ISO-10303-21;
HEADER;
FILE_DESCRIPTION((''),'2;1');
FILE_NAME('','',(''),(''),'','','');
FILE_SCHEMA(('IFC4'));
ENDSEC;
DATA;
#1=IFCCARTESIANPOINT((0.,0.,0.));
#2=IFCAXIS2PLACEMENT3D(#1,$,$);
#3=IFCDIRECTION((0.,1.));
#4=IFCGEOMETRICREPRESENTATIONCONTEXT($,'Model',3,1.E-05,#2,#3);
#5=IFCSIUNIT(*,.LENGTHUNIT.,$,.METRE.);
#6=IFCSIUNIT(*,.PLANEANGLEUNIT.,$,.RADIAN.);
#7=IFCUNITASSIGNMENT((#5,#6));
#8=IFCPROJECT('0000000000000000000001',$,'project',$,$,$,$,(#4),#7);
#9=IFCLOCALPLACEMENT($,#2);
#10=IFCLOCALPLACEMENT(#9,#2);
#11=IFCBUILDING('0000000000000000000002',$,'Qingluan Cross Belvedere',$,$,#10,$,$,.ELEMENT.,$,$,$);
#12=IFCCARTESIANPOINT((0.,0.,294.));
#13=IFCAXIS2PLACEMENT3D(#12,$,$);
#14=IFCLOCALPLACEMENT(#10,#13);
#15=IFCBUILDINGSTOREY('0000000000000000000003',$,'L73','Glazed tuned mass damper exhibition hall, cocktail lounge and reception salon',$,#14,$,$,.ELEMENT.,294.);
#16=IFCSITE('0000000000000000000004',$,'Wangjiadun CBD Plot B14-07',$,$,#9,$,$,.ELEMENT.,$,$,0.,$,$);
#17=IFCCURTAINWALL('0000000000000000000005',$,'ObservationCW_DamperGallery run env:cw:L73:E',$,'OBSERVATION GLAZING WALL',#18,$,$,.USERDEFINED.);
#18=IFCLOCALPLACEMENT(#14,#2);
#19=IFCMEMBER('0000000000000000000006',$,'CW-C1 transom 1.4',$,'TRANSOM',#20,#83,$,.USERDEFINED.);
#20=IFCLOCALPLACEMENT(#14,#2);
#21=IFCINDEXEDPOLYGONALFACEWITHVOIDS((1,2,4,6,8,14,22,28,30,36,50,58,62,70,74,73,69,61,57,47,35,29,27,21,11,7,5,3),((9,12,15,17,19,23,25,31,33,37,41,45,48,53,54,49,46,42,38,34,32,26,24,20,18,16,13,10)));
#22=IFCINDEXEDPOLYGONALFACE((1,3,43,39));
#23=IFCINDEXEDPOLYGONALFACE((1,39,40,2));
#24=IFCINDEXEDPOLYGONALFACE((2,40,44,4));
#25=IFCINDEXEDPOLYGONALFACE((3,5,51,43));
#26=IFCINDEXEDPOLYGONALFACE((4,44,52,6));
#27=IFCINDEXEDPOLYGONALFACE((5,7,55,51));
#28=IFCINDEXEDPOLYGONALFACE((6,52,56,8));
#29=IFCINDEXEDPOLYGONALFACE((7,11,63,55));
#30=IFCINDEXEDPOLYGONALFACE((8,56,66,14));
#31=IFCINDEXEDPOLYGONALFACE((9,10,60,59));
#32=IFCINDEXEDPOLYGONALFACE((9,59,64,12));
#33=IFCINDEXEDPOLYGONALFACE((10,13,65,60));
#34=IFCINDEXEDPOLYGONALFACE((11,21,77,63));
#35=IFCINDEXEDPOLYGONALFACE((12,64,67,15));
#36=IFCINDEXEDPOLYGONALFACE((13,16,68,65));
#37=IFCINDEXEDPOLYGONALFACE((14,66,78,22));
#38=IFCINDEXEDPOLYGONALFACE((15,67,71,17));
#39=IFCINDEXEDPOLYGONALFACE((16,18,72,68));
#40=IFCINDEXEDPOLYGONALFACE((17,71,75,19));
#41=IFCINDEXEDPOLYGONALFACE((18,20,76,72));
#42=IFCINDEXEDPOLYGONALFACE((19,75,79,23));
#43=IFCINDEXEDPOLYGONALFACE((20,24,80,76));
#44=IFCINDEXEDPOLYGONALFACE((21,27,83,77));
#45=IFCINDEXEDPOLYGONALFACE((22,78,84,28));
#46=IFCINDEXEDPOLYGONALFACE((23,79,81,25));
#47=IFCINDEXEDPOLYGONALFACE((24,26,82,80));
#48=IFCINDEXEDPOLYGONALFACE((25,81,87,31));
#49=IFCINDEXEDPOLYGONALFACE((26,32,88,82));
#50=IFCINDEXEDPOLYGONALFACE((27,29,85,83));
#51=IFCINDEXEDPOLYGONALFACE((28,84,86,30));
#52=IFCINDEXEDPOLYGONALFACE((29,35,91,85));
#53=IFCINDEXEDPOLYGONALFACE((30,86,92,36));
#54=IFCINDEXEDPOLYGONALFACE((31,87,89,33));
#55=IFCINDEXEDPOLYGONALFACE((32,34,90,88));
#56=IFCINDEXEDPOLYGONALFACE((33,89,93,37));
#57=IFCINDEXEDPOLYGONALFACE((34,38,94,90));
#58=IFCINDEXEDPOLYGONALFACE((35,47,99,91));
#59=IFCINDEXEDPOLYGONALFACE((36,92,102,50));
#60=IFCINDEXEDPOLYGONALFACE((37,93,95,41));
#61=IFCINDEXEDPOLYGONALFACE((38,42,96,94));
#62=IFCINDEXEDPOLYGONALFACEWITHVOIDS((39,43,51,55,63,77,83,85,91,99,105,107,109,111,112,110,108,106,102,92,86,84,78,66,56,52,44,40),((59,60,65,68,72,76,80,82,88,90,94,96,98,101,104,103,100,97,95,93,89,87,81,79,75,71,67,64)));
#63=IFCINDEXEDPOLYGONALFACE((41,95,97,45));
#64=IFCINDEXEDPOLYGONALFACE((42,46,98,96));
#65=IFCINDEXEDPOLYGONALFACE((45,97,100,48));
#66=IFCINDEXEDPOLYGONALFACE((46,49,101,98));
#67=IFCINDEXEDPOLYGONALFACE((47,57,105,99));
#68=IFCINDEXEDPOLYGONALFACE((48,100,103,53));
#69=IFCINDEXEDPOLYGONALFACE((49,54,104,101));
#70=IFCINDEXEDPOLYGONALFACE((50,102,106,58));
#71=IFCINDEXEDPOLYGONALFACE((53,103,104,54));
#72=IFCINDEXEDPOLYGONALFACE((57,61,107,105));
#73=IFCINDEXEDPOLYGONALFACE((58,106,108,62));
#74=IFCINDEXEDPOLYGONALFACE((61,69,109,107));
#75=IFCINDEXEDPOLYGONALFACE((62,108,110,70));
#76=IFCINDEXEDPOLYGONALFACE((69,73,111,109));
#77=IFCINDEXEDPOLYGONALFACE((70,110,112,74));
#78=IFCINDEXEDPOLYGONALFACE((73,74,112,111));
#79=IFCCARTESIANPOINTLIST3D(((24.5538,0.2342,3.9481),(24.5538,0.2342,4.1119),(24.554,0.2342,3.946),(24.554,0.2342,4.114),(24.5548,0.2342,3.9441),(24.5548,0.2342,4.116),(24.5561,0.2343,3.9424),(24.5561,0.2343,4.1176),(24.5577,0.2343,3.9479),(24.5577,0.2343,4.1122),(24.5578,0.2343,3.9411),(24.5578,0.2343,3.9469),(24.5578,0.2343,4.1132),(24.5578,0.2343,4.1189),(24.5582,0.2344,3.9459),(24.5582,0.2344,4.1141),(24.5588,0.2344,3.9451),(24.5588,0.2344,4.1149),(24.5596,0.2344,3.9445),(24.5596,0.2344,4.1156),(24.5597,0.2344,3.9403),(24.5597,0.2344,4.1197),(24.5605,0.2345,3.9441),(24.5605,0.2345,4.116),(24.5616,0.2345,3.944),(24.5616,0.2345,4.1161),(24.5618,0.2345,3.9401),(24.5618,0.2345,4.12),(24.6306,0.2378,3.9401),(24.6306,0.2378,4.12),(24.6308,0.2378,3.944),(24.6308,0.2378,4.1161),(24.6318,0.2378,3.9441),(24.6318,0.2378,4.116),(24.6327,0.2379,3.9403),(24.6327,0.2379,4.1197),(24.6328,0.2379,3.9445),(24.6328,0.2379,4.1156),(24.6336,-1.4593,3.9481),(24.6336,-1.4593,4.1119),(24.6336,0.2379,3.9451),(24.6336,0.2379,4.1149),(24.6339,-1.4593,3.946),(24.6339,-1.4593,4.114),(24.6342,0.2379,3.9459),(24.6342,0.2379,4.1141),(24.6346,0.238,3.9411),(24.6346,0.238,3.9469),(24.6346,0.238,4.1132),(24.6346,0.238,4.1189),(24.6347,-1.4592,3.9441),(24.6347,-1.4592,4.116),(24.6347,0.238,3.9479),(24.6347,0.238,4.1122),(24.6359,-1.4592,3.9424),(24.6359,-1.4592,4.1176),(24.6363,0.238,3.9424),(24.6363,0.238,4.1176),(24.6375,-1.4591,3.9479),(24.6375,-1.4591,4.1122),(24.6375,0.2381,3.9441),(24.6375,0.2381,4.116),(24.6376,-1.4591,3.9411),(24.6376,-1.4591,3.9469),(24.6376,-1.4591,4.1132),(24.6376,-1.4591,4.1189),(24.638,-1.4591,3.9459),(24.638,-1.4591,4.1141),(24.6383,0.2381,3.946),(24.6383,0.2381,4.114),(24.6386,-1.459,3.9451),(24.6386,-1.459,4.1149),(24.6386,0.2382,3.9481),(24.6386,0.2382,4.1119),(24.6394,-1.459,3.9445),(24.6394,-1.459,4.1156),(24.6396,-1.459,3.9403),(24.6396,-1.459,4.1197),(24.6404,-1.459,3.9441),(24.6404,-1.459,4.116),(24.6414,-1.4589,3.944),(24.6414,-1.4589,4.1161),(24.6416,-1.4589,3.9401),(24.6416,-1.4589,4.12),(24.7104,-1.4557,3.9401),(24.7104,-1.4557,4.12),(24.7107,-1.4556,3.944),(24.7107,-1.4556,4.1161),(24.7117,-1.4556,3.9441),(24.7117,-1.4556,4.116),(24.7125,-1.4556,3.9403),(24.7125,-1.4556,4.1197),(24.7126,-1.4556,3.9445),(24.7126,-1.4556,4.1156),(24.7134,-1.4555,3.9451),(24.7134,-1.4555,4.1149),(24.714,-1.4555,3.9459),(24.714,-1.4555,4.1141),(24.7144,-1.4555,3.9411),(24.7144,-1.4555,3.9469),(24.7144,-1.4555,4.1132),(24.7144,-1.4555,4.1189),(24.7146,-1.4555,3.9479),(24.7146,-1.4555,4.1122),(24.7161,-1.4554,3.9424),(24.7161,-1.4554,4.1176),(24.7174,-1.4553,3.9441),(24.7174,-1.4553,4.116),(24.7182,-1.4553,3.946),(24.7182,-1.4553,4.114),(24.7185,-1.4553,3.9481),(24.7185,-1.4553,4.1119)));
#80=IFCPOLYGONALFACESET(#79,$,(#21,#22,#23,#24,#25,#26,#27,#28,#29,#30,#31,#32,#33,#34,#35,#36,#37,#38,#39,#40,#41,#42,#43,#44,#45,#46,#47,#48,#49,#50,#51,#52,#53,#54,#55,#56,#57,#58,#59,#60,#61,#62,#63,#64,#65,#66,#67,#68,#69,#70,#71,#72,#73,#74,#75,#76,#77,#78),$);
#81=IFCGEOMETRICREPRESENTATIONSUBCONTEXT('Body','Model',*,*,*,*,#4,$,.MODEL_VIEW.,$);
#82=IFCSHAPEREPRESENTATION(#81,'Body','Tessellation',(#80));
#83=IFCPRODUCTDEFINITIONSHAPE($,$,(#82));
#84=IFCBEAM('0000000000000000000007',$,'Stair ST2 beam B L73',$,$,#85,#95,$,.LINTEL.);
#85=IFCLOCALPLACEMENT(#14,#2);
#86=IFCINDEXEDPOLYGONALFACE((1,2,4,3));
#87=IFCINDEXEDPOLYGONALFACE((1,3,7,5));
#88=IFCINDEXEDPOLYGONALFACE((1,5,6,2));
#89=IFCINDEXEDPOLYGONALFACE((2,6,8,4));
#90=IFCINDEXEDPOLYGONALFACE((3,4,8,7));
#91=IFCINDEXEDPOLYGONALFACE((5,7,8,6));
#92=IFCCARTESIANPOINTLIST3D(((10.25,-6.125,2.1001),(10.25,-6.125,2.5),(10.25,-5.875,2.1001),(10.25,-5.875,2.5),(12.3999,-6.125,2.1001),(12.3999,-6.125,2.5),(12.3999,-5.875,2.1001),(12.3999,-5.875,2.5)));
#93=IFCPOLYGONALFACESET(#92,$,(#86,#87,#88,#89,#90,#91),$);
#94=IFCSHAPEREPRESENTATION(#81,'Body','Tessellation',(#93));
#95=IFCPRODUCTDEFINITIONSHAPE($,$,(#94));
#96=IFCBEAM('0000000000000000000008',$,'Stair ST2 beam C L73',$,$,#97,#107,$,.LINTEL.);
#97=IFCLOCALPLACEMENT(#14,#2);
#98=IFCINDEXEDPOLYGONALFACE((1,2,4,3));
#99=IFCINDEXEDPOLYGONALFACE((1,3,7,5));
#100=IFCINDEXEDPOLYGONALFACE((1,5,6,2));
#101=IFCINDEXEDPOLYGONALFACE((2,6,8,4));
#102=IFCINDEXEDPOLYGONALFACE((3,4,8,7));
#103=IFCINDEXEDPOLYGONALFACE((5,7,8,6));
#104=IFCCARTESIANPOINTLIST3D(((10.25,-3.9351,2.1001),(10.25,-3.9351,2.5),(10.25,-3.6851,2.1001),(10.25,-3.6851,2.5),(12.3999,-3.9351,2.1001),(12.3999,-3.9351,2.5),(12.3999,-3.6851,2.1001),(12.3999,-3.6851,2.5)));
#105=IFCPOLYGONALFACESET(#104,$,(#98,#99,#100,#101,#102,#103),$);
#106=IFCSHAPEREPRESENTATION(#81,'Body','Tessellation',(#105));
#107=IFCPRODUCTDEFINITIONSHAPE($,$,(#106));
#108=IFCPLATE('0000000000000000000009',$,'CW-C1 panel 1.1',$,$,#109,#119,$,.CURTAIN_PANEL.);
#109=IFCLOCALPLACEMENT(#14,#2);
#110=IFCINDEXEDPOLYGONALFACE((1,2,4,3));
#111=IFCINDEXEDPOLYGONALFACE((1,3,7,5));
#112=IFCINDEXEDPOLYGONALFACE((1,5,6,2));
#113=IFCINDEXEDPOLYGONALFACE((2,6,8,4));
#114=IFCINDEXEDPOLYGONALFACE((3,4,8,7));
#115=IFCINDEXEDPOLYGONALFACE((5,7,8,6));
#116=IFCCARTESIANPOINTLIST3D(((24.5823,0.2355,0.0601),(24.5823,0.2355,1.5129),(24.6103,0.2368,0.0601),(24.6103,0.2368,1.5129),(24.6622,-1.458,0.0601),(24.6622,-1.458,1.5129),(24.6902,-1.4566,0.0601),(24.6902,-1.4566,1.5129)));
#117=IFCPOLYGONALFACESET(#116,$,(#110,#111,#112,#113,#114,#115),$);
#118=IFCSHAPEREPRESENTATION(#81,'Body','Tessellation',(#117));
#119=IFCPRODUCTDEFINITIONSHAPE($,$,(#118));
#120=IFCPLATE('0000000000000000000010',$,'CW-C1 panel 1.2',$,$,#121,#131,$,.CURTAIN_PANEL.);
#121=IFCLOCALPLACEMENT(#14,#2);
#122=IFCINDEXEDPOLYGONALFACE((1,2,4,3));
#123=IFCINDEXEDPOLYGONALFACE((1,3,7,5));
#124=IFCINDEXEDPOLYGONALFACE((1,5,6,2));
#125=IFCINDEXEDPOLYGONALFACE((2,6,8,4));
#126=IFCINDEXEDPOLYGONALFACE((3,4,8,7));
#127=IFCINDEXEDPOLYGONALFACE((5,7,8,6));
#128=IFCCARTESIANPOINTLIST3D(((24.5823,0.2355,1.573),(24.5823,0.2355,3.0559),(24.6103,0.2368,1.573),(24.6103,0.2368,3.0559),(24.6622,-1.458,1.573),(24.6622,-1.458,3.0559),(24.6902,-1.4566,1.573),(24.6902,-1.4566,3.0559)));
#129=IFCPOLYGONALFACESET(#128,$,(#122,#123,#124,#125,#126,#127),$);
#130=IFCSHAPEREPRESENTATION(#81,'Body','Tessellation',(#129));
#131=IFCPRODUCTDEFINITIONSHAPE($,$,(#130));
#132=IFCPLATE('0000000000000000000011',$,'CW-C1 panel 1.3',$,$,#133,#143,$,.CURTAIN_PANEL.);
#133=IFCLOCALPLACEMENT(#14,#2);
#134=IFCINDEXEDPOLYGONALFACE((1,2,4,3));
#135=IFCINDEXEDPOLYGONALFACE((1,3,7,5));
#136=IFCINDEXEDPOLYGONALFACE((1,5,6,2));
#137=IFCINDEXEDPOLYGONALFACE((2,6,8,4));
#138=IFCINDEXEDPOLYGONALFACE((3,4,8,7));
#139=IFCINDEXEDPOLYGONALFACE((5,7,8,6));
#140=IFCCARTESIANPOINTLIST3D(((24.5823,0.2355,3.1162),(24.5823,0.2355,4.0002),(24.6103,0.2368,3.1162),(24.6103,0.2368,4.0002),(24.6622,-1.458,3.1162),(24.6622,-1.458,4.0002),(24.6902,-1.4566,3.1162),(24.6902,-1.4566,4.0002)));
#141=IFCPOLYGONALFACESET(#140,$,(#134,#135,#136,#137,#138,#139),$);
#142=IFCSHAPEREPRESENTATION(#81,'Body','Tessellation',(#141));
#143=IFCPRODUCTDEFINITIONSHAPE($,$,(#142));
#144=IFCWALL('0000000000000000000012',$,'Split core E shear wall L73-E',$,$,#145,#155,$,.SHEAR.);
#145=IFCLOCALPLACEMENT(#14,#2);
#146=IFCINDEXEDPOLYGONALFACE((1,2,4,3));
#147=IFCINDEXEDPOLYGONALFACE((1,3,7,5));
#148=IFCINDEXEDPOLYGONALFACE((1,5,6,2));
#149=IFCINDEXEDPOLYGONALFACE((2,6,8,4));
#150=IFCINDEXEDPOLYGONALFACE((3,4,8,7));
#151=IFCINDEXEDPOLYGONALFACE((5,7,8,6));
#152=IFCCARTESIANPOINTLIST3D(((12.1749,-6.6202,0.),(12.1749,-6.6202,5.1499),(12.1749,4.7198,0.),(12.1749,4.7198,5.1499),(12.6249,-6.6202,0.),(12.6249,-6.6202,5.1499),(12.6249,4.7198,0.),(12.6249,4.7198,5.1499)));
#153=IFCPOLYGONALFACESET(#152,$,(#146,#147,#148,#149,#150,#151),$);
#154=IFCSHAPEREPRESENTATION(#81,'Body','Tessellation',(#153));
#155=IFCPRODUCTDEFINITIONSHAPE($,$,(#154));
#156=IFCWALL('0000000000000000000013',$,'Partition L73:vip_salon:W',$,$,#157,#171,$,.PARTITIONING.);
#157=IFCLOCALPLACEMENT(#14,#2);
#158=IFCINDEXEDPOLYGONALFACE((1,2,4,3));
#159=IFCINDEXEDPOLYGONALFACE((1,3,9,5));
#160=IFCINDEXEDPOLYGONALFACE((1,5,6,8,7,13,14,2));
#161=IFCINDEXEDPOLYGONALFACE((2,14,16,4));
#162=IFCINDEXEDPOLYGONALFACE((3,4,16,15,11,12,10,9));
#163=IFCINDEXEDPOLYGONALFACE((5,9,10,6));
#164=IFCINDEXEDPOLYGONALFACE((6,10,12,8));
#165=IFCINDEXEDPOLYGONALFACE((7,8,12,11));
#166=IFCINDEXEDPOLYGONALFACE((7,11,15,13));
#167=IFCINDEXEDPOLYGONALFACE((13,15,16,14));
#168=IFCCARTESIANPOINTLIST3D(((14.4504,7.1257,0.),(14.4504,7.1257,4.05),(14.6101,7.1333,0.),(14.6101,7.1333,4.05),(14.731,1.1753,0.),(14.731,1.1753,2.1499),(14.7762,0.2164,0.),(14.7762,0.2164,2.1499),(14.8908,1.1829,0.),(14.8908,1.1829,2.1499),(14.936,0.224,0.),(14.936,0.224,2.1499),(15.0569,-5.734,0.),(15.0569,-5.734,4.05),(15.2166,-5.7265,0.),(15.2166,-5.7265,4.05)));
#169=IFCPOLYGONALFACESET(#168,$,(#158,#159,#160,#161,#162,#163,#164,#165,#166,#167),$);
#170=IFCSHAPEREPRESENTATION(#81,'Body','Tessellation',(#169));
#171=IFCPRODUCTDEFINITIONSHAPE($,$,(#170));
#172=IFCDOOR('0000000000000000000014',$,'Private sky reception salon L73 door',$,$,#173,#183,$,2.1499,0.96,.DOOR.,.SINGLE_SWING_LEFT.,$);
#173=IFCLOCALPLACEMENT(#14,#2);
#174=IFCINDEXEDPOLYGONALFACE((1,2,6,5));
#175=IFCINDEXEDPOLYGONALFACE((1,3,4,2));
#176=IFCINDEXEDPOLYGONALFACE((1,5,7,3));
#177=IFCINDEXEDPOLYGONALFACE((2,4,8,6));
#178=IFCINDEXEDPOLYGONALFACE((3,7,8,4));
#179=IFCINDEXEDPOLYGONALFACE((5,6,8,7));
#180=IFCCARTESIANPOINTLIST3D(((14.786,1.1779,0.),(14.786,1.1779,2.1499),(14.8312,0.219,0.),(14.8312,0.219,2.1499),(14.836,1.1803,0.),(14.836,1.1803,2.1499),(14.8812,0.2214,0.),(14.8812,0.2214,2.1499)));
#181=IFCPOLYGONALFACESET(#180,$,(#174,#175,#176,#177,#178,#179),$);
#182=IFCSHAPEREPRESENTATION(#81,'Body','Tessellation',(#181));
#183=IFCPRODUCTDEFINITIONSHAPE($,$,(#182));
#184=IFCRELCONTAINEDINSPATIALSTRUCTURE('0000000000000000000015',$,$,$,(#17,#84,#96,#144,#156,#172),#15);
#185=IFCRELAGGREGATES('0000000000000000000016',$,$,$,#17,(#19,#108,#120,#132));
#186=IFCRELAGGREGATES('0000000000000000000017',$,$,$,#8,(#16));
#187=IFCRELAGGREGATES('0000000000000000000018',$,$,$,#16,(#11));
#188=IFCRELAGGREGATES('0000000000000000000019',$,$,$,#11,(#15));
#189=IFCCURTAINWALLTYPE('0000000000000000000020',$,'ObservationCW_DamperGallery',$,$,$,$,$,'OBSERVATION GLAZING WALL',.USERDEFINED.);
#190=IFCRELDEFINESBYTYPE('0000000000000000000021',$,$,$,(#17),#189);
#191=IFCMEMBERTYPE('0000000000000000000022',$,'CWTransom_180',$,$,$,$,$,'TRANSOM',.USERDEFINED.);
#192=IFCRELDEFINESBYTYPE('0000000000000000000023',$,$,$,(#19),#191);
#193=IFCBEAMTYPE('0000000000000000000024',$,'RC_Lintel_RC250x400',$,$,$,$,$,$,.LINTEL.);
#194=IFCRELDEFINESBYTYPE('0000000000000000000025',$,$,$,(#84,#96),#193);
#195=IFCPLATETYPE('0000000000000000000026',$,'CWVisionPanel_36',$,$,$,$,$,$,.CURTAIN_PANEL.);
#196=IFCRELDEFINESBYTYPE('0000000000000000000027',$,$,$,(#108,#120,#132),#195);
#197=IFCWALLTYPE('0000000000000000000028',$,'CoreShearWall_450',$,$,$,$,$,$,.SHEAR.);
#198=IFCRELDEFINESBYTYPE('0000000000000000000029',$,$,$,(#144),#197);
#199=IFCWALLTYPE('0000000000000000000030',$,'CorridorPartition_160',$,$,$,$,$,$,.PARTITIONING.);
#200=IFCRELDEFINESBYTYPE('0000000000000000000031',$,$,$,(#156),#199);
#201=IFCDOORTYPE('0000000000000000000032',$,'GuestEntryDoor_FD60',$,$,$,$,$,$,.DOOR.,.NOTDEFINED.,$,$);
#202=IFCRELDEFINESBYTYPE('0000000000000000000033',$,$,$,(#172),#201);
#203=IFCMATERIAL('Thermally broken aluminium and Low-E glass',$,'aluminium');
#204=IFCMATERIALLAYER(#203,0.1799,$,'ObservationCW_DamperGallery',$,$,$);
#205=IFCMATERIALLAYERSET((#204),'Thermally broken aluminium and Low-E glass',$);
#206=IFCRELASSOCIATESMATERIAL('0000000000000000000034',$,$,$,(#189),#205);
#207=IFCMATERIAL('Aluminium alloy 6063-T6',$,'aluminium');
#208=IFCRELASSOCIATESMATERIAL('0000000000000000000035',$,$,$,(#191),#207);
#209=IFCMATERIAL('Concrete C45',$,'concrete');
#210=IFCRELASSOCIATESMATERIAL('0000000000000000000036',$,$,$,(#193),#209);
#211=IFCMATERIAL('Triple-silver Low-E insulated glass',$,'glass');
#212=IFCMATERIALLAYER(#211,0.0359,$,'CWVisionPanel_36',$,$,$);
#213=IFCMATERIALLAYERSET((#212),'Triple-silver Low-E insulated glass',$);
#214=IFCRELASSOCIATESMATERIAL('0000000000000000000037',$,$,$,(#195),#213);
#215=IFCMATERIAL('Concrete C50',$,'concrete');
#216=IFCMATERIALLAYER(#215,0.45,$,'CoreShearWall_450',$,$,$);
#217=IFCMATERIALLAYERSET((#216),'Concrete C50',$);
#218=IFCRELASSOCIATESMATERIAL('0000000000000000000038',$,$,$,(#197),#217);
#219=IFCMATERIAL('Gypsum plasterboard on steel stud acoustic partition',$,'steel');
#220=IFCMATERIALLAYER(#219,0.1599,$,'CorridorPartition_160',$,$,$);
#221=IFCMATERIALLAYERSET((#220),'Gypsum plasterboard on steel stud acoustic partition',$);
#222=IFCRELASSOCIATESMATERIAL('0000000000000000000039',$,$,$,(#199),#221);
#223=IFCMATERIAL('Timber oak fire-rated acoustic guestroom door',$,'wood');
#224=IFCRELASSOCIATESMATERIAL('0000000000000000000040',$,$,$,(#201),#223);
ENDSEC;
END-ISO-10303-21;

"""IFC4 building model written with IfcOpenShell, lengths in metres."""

from ifc_helpers import new_model, si_unit, direction, frame, frame_2d, origin, origin_2d, place, context, subcontext, project, spatial, rectangle, hollow_rectangle, extrude, material, layer, layer_set, material_profile, profile_set, type_object, element, fill, aggregate, save


model = new_model("IFC4")

# Units and contexts
model_context = context("Model", 3, precision=1e-05, world=origin(), true_north=direction((0.0, 1.0)))
body_context = subcontext(model_context, "Body", "Model", "MODEL_VIEW")
ifc_project = project(units=[si_unit("LENGTHUNIT", "METRE"), si_unit("PLANEANGLEUNIT", "RADIAN")], contexts=[model_context])

# Site, building, storey
site_placement = place(None, origin())
site = spatial("IfcSite", under=ifc_project, at=site_placement, Name="Wangjiadun CBD Plot B14-07", CompositionType="ELEMENT", RefElevation=0.0)
building_placement = place(site_placement, origin())
building = spatial("IfcBuilding", under=site, at=building_placement, Name="Qingluan Cross Belvedere", CompositionType="ELEMENT")
storey_placement = place(building_placement, frame((0.0, 0.0, 294.0)))
storey = spatial("IfcBuildingStorey", under=building, at=storey_placement, Name="L73", Description="Glazed tuned mass damper exhibition hall, cocktail lounge and reception salon", CompositionType="ELEMENT", Elevation=294.0)

# Curtain wall, member
ifc_material_1 = material(Name="Thermally broken aluminium and Low-E glass", Category="aluminium")
ifc_layer_1 = layer(ifc_material_1, 0.1799, Name="ObservationCW_DamperGallery")
ifc_layer_set_1 = layer_set([ifc_layer_1], Name="Thermally broken aluminium and Low-E glass")
curtain_wall_type = type_object("IfcCurtainWallType", Name="ObservationCW_DamperGallery", ElementType="OBSERVATION GLAZING WALL", PredefinedType="USERDEFINED", material=ifc_layer_set_1)
curtain_wall_placement = place(storey_placement, origin())
curtain_wall = element("IfcCurtainWall", 1, at=curtain_wall_placement, inside=storey, type_object=curtain_wall_type, Name="ObservationCW_DamperGallery run env:cw:L73:E", ObjectType="OBSERVATION GLAZING WALL", PredefinedType="USERDEFINED")
ifc_material_2 = material(Name="Aluminium alloy 6063-T6", Category="aluminium")
ifc_material_profile_1 = material_profile(ifc_material_2, hollow_rectangle(XDim=0.085, YDim=0.1799, WallThickness=0.0039, InnerFilletRadius=0.0039, OuterFilletRadius=0.0081, at=origin_2d()), Name="CWT180x85x4")
ifc_profile_set_1 = profile_set([ifc_material_profile_1], Name="Aluminium alloy 6063-T6")
member_type_1 = type_object("IfcMemberType", Name="CWTransom_180", ElementType="TRANSOM", PredefinedType="USERDEFINED", material=ifc_profile_set_1)
member_1_placement = place(storey_placement, frame((24.676, -1.4573, 4.03), z_axis=(-0.047093, 0.998891, 0.0), x_axis=(-0.998891, -0.047093, 0.0)))
member_1 = element("IfcMember", 2, at=member_1_placement, type_object=member_type_1, Name="CW-C1 transom 1.4", ObjectType="TRANSOM", PredefinedType="USERDEFINED", context=body_context, shape_type="SweptSolid", body=[
    extrude(hollow_rectangle(XDim=0.085, YDim=0.1799, WallThickness=0.0039, InnerFilletRadius=0.0039, OuterFilletRadius=0.0081, at=origin_2d()), origin(), (0.0, 0.0, 1.0), 1.6953),
])

# Beams
ifc_material_3 = material(Name="Concrete C45", Category="concrete")
ifc_material_profile_2 = material_profile(ifc_material_3, rectangle(XDim=0.25, YDim=0.3999, at=origin_2d()), Name="RC250x400")
ifc_profile_set_2 = profile_set([ifc_material_profile_2], Name="Concrete C45")
beam_type = type_object("IfcBeamType", Name="RC_Lintel_RC250x400", PredefinedType="LINTEL", material=ifc_profile_set_2)
for number, where, z_axis, x_axis, name in (
    (3, (12.3999, -6.0, 2.3), (-1.0, 0.0, 0.0), (0.0, -1.0, 0.0), "Stair ST2 beam B L73"),
    (4, (12.3999, -3.8101, 2.3), (-1.0, 0.0, 0.0), (0.0, -1.0, 0.0), "Stair ST2 beam C L73"),
):
    element("IfcBeam", number, at=place(storey_placement, frame(where, z_axis=z_axis, x_axis=x_axis)), inside=storey, type_object=beam_type, Name=name, PredefinedType="LINTEL", context=body_context, shape_type="SweptSolid", body=[
        extrude(rectangle(XDim=0.25, YDim=0.3999, at=origin_2d()), origin(), (0.0, 0.0, 1.0), 2.1499),
    ])

# Plates
ifc_material_4 = material(Name="Triple-silver Low-E insulated glass", Category="glass")
ifc_layer_2 = layer(ifc_material_4, 0.0359, Name="CWVisionPanel_36")
ifc_layer_set_2 = layer_set([ifc_layer_2], Name="Triple-silver Low-E insulated glass")
plate_type = type_object("IfcPlateType", Name="CWVisionPanel_36", PredefinedType="CURTAIN_PANEL", material=ifc_layer_set_2)
plate_1_placement = place(storey_placement, frame((24.6362, -0.6106, 0.0601), z_axis=(0.0, 0.0, 1.0), x_axis=(-0.047124, 0.998889, 0.0)))
plate_1 = element("IfcPlate", 5, at=plate_1_placement, type_object=plate_type, Name="CW-C1 panel 1.1", PredefinedType="CURTAIN_PANEL", context=body_context, shape_type="SweptSolid", body=[
    extrude(rectangle(XDim=1.6953, YDim=0.0281, at=origin_2d()), origin(), (0.0, 0.0, 1.0), 1.4529),
])
plate_2_placement = place(storey_placement, frame((24.6362, -0.6106, 1.573), z_axis=(0.0, 0.0, 1.0), x_axis=(-0.047124, 0.998889, 0.0)))
plate_2 = element("IfcPlate", 6, at=plate_2_placement, type_object=plate_type, Name="CW-C1 panel 1.2", PredefinedType="CURTAIN_PANEL", context=body_context, shape_type="SweptSolid", body=[
    extrude(rectangle(XDim=1.6953, YDim=0.0281, at=origin_2d()), origin(), (0.0, 0.0, 1.0), 1.4829),
])
plate_3_placement = place(storey_placement, frame((24.6362, -0.6106, 3.1162), z_axis=(0.0, 0.0, 1.0), x_axis=(-0.047124, 0.998889, 0.0)))
plate_3 = element("IfcPlate", 7, at=plate_3_placement, type_object=plate_type, Name="CW-C1 panel 1.3", PredefinedType="CURTAIN_PANEL", context=body_context, shape_type="SweptSolid", body=[
    extrude(rectangle(XDim=1.6953, YDim=0.0281, at=origin_2d()), origin(), (0.0, 0.0, 1.0), 0.884),
])
aggregate(curtain_wall, [member_1, plate_1, plate_2, plate_3])

# Wall
ifc_material_5 = material(Name="Concrete C50", Category="concrete")
ifc_layer_3 = layer(ifc_material_5, 0.45, Name="CoreShearWall_450")
ifc_layer_set_3 = layer_set([ifc_layer_3], Name="Concrete C50")
wall_type_1 = type_object("IfcWallType", Name="CoreShearWall_450", PredefinedType="SHEAR", material=ifc_layer_set_3)
wall_1_placement = place(storey_placement, frame((12.3999, -6.6201, 0.0), z_axis=(0.0, 0.0, 1.0), x_axis=(0.0, 1.0, 0.0)))
element("IfcWall", 8, at=wall_1_placement, inside=storey, type_object=wall_type_1, Name="Split core E shear wall L73-E", PredefinedType="SHEAR", context=body_context, shape_type="SweptSolid", body=[
    extrude(rectangle(XDim=11.3401, YDim=0.45, at=frame_2d((5.6699, 0.0))), origin(), (0.0, 0.0, 1.0), 5.1499),
])

# Wall, opening, door
ifc_material_6 = material(Name="Gypsum plasterboard on steel stud acoustic partition", Category="steel")
ifc_layer_4 = layer(ifc_material_6, 0.1599, Name="CorridorPartition_160")
ifc_layer_set_4 = layer_set([ifc_layer_4], Name="Gypsum plasterboard on steel stud acoustic partition")
wall_type_2 = type_object("IfcWallType", Name="CorridorPartition_160", PredefinedType="PARTITIONING", material=ifc_layer_set_4)
wall_2_placement = place(storey_placement, frame((15.1367, -5.7302, 0.0), z_axis=(0.0, 0.0, 1.0), x_axis=(-0.047107, 0.99889, 0.0)))
wall_2 = element("IfcWall", 9, at=wall_2_placement, inside=storey, type_object=wall_type_2, Name="Partition L73:vip_salon:W", PredefinedType="PARTITIONING", context=body_context, shape_type="SweptSolid", body=[
    extrude(rectangle(XDim=12.874, YDim=0.1599, at=frame_2d((6.437, 0.0))), origin(), (0.0, 0.0, 1.0), 4.05),
])
opening_1_placement = place(wall_2_placement, frame((5.957, 0.0, 0.0)))
opening_1 = element("IfcOpeningElement", 10, at=opening_1_placement, cuts=wall_2, PredefinedType="OPENING", context=body_context, shape_type="SweptSolid", body=[
    extrude(rectangle(XDim=0.96, YDim=2.1499, at=frame_2d((0.48, 1.075))), frame((0.0, 0.0898, 0.0), z_axis=(0.0, -1.0, 0.0), x_axis=(1.0, 0.0, 0.0)), (0.0, 0.0, 1.0), 0.1799),
])
ifc_material_7 = material(Name="Timber oak fire-rated acoustic guestroom door", Category="wood")
door_type = type_object("IfcDoorType", Name="GuestEntryDoor_FD60", OperationType="NOTDEFINED", PredefinedType="DOOR", material=ifc_material_7)
door_placement = place(opening_1_placement, origin())
door = element("IfcDoor", 11, at=door_placement, inside=storey, type_object=door_type, Name="Private sky reception salon L73 door", OperationType="SINGLE_SWING_LEFT", OverallHeight=2.1499, OverallWidth=0.96, PredefinedType="DOOR", context=body_context, shape_type="SweptSolid", body=[
    extrude(rectangle(XDim=0.96, YDim=2.1499, at=frame_2d((0.48, 1.075))), frame((0.0, 0.0249, 0.0), z_axis=(0.0, -1.0, 0.0), x_axis=(1.0, 0.0, 0.0)), (0.0, 0.0, 1.0), 0.05),
])
fill(opening_1, door)

save(model, "model.ifc")
